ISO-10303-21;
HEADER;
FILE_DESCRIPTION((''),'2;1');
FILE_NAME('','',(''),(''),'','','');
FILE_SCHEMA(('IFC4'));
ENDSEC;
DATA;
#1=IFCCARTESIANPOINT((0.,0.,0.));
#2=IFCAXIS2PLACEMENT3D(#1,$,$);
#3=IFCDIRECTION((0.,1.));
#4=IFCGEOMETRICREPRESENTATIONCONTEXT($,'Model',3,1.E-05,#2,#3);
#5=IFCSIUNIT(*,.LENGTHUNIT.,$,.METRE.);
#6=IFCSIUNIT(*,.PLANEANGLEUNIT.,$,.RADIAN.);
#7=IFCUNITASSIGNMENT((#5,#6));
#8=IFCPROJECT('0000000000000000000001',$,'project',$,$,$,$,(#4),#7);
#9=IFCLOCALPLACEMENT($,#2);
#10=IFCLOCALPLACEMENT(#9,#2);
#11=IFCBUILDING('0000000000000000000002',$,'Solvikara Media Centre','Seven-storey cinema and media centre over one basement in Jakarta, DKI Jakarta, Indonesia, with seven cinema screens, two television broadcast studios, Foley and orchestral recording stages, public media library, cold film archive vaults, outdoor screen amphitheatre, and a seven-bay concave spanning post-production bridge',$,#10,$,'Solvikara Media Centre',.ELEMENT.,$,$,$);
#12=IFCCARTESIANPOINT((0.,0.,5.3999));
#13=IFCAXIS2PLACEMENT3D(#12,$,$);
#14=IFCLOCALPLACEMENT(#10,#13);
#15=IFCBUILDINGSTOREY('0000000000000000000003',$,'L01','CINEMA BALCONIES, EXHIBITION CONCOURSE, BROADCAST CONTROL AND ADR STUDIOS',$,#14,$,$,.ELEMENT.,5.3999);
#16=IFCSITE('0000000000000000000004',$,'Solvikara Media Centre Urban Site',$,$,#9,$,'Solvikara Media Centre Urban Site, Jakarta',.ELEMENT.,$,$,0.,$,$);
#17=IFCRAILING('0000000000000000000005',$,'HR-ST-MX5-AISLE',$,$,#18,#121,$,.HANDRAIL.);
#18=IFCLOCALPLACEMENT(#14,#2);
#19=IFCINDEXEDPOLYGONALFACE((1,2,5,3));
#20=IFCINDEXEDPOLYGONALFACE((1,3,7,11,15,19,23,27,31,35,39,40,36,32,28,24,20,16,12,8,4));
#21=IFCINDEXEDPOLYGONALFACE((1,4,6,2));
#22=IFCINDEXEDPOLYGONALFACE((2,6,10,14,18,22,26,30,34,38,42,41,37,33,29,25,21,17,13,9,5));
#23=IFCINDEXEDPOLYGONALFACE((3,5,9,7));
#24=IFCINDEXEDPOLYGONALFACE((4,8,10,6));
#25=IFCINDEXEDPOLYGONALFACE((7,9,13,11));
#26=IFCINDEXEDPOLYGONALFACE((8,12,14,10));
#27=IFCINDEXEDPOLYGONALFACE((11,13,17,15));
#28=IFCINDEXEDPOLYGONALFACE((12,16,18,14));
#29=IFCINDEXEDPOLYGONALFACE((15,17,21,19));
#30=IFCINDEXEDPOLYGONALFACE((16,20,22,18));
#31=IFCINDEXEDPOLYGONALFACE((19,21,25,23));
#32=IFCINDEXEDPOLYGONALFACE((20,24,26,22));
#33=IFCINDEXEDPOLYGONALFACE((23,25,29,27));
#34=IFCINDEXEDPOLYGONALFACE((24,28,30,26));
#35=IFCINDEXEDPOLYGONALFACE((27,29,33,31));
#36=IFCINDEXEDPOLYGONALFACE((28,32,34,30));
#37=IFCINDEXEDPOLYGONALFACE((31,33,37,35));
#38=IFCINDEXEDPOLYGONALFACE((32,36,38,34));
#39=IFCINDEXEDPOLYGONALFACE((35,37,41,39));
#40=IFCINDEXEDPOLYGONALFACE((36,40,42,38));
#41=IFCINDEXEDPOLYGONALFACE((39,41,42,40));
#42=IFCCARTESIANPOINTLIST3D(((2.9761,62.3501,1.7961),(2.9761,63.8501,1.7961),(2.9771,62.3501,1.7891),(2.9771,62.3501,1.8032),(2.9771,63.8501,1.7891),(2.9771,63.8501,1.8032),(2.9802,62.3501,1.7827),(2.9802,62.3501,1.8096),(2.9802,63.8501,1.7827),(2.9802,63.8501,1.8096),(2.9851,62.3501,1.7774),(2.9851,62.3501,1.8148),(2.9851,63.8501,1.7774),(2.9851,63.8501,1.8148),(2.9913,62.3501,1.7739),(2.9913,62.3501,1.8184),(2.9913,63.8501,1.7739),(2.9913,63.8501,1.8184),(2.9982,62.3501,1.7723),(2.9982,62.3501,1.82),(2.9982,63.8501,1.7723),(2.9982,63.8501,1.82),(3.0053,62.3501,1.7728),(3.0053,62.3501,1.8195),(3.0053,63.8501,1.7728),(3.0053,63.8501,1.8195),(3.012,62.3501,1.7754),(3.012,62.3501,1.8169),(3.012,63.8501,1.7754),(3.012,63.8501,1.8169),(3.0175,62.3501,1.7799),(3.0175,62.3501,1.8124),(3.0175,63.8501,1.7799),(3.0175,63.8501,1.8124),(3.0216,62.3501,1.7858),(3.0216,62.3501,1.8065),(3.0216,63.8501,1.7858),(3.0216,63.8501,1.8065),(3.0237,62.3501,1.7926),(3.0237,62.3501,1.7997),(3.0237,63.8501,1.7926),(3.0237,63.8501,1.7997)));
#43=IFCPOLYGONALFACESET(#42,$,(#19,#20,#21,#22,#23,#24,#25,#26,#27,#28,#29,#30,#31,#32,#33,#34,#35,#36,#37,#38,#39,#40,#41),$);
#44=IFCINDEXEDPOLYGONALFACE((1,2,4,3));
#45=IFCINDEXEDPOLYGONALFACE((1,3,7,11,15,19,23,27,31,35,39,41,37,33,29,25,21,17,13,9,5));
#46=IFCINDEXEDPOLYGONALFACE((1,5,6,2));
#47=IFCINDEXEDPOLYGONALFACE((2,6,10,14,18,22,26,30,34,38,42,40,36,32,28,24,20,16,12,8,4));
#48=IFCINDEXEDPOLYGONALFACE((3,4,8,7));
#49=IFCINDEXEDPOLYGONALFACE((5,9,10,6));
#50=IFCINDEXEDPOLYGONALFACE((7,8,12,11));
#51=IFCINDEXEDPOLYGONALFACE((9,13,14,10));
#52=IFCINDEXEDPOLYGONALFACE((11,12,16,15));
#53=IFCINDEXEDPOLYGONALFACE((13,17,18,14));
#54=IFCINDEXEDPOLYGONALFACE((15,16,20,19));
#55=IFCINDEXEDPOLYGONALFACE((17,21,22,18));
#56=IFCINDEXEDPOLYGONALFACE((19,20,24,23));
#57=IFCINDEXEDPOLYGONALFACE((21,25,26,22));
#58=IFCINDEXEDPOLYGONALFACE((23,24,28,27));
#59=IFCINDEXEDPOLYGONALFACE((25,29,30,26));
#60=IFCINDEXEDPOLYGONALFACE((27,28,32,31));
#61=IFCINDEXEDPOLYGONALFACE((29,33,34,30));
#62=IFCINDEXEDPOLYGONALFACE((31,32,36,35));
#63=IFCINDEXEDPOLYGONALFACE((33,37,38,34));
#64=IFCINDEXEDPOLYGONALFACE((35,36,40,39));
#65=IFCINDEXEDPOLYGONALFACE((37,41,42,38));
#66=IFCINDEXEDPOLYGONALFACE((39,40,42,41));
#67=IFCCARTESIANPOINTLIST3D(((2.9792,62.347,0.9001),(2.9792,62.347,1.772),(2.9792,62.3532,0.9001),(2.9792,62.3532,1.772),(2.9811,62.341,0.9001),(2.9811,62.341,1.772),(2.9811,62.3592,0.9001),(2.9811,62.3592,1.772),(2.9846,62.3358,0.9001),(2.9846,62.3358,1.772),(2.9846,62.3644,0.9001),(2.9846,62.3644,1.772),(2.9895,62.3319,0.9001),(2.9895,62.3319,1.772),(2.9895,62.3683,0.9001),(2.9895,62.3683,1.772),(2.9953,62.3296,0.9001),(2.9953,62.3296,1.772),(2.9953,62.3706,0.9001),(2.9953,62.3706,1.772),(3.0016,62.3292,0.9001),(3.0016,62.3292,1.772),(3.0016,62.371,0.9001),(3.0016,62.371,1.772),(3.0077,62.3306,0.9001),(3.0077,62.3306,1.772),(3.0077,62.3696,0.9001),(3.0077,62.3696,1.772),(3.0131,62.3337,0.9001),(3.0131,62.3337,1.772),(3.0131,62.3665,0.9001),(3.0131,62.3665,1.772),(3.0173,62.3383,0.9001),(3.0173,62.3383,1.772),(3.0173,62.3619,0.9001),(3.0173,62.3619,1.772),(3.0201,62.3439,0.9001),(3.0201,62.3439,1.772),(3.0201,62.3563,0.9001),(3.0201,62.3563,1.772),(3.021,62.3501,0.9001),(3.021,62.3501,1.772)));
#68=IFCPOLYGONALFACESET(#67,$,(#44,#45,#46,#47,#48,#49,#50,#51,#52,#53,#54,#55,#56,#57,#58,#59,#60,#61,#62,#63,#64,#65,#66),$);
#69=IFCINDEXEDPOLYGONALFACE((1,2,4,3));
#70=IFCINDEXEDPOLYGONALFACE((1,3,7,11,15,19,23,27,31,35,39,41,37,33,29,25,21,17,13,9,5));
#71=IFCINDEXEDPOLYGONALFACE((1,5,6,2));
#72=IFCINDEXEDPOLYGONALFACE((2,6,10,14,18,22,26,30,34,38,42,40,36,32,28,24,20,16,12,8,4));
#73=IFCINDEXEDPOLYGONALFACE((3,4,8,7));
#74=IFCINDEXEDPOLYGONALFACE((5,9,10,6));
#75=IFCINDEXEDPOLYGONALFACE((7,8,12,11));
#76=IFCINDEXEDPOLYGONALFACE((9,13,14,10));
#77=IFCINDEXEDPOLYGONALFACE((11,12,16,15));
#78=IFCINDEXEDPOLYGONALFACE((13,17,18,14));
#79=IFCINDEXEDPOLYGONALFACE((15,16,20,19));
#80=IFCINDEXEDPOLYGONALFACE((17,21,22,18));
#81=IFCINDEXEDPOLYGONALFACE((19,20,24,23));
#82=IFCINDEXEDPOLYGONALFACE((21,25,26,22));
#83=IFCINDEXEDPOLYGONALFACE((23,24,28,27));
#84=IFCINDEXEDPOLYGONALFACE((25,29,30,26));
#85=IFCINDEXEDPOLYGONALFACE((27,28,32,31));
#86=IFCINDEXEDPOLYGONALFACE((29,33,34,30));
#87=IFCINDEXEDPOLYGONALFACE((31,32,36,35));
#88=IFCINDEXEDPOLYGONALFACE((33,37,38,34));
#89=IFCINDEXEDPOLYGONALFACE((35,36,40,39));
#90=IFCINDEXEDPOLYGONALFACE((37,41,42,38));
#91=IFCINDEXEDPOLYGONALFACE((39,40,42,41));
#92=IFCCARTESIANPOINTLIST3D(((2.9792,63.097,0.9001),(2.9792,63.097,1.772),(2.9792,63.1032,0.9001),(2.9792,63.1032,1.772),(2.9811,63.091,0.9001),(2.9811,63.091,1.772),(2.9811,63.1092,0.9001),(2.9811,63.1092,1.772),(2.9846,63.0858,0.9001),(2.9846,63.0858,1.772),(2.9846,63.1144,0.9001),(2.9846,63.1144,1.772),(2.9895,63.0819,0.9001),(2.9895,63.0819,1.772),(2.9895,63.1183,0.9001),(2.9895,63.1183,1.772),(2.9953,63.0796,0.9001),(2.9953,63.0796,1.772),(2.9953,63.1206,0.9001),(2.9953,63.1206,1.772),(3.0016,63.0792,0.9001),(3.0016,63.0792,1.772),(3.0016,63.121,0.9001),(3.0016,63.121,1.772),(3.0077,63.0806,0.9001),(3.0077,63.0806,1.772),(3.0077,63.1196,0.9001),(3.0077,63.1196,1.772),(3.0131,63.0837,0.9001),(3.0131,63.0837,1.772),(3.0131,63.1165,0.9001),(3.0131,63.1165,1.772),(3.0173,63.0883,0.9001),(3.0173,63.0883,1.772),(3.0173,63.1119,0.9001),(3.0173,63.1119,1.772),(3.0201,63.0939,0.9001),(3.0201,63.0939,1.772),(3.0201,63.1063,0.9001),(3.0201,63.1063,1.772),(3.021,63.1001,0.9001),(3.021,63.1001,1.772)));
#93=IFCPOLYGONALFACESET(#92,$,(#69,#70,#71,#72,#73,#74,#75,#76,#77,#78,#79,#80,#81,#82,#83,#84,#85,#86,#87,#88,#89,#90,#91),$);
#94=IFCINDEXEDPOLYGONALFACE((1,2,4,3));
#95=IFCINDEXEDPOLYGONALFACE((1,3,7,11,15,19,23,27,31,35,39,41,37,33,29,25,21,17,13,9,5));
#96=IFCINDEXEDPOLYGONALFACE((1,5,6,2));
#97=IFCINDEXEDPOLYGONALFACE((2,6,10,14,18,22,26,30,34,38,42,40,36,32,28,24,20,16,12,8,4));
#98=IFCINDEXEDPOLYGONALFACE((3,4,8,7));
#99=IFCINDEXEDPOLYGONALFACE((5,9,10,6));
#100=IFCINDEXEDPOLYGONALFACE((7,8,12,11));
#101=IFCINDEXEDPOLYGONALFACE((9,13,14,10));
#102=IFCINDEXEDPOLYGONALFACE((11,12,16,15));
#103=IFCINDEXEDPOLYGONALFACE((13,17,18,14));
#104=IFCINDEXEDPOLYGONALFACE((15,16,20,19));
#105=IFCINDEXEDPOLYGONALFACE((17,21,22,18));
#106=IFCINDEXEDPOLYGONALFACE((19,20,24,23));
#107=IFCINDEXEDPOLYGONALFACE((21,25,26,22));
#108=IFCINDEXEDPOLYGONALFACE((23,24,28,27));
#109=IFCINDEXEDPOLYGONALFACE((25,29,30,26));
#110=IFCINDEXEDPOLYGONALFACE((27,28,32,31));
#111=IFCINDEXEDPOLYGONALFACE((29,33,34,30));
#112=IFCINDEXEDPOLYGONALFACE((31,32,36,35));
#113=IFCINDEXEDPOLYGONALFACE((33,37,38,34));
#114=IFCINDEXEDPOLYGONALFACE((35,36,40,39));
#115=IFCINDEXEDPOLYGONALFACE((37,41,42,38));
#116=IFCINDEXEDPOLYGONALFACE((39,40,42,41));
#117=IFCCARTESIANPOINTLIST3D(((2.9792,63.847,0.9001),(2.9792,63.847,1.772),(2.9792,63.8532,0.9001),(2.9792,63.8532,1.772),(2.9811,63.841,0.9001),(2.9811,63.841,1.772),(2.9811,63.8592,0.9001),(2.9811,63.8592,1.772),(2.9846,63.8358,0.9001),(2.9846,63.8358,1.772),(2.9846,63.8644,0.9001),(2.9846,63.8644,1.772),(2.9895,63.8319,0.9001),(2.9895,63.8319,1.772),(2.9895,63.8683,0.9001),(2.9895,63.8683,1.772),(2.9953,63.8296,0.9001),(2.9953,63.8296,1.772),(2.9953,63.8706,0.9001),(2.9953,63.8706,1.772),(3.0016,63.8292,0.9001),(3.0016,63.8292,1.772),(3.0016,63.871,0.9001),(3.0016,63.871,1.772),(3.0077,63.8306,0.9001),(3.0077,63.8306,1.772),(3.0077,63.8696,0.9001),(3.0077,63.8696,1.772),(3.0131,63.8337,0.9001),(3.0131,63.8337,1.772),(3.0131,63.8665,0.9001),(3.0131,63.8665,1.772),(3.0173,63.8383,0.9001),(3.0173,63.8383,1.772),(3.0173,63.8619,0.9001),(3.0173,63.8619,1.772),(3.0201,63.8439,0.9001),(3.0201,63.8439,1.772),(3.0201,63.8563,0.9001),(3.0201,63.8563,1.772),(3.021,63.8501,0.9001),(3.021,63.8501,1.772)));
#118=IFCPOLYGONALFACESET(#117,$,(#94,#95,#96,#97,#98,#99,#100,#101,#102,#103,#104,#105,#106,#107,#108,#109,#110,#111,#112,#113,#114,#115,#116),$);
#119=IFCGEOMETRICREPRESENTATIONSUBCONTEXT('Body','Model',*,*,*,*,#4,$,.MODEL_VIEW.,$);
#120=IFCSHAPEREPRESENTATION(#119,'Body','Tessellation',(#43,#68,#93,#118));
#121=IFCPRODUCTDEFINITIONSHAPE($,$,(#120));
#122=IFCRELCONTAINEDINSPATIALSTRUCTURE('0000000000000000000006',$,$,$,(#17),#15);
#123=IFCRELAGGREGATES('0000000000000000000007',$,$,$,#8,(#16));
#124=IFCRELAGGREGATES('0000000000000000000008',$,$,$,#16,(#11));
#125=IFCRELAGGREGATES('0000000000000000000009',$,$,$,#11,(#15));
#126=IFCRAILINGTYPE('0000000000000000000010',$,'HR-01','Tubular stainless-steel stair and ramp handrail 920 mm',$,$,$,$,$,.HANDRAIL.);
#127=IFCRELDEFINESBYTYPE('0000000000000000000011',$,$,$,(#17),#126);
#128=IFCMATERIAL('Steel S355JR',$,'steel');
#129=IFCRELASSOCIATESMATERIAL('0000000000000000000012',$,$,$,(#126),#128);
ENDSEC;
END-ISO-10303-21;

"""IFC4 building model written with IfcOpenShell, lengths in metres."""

from ifc_helpers import new_model, si_unit, direction, frame, origin, origin_2d, place, context, subcontext, project, spatial, circle, extrude, material, type_object, element, save


model = new_model("IFC4")

# Units and contexts
model_context = context("Model", 3, precision=1e-05, world=origin(), true_north=direction((0.0, 1.0)))
body_context = subcontext(model_context, "Body", "Model", "MODEL_VIEW")
ifc_project = project(units=[si_unit("LENGTHUNIT", "METRE"), si_unit("PLANEANGLEUNIT", "RADIAN")], contexts=[model_context])

# Site, building, storey
site_placement = place(None, origin())
site = spatial("IfcSite", under=ifc_project, at=site_placement, Name="Solvikara Media Centre Urban Site", LongName="Solvikara Media Centre Urban Site, Jakarta", CompositionType="ELEMENT", RefElevation=0.0)
building_placement = place(site_placement, origin())
building = spatial("IfcBuilding", under=site, at=building_placement, Name="Solvikara Media Centre", Description="Seven-storey cinema and media centre over one basement in Jakarta, DKI Jakarta, Indonesia, with seven cinema screens, two television broadcast studios, Foley and orchestral recording stages, public media library, cold film archive vaults, outdoor screen amphitheatre, and a seven-bay concave spanning post-production bridge", LongName="Solvikara Media Centre", CompositionType="ELEMENT")
storey_placement = place(building_placement, frame((0.0, 0.0, 5.3999)))
storey = spatial("IfcBuildingStorey", under=building, at=storey_placement, Name="L01", Description="CINEMA BALCONIES, EXHIBITION CONCOURSE, BROADCAST CONTROL AND ADR STUDIOS", CompositionType="ELEMENT", Elevation=5.3999)

# Shared definitions
ifc_material_1 = material(Name="Steel S355JR", Category="steel")

# Railing
railing_type = type_object("IfcRailingType", Name="HR-01", Description="Tubular stainless-steel stair and ramp handrail 920 mm", PredefinedType="HANDRAIL", material=ifc_material_1)
railing_placement = place(storey_placement, frame((3.0, 62.3501, 0.9001)))
element("IfcRailing", 1, at=railing_placement, inside=storey, type_object=railing_type, Name="HR-ST-MX5-AISLE", PredefinedType="HANDRAIL", context=body_context, shape_type="SweptSolid", body=[
    extrude(circle(Radius=0.0239, at=origin_2d()), frame((0.0, 0.0, 0.896), z_axis=(0.0, 1.0, 0.0), x_axis=(-1.0, 0.0, 0.0)), (0.0, 0.0, 1.0), 1.5),
    extrude(circle(Radius=0.021, at=origin_2d()), origin(), (0.0, 0.0, 1.0), 0.8718),
    extrude(circle(Radius=0.021, at=origin_2d()), frame((0.0, 0.75, 0.0)), (0.0, 0.0, 1.0), 0.8718),
    extrude(circle(Radius=0.021, at=origin_2d()), frame((0.0, 1.5, 0.0)), (0.0, 0.0, 1.0), 0.8718),
])

save(model, "model.ifc")
